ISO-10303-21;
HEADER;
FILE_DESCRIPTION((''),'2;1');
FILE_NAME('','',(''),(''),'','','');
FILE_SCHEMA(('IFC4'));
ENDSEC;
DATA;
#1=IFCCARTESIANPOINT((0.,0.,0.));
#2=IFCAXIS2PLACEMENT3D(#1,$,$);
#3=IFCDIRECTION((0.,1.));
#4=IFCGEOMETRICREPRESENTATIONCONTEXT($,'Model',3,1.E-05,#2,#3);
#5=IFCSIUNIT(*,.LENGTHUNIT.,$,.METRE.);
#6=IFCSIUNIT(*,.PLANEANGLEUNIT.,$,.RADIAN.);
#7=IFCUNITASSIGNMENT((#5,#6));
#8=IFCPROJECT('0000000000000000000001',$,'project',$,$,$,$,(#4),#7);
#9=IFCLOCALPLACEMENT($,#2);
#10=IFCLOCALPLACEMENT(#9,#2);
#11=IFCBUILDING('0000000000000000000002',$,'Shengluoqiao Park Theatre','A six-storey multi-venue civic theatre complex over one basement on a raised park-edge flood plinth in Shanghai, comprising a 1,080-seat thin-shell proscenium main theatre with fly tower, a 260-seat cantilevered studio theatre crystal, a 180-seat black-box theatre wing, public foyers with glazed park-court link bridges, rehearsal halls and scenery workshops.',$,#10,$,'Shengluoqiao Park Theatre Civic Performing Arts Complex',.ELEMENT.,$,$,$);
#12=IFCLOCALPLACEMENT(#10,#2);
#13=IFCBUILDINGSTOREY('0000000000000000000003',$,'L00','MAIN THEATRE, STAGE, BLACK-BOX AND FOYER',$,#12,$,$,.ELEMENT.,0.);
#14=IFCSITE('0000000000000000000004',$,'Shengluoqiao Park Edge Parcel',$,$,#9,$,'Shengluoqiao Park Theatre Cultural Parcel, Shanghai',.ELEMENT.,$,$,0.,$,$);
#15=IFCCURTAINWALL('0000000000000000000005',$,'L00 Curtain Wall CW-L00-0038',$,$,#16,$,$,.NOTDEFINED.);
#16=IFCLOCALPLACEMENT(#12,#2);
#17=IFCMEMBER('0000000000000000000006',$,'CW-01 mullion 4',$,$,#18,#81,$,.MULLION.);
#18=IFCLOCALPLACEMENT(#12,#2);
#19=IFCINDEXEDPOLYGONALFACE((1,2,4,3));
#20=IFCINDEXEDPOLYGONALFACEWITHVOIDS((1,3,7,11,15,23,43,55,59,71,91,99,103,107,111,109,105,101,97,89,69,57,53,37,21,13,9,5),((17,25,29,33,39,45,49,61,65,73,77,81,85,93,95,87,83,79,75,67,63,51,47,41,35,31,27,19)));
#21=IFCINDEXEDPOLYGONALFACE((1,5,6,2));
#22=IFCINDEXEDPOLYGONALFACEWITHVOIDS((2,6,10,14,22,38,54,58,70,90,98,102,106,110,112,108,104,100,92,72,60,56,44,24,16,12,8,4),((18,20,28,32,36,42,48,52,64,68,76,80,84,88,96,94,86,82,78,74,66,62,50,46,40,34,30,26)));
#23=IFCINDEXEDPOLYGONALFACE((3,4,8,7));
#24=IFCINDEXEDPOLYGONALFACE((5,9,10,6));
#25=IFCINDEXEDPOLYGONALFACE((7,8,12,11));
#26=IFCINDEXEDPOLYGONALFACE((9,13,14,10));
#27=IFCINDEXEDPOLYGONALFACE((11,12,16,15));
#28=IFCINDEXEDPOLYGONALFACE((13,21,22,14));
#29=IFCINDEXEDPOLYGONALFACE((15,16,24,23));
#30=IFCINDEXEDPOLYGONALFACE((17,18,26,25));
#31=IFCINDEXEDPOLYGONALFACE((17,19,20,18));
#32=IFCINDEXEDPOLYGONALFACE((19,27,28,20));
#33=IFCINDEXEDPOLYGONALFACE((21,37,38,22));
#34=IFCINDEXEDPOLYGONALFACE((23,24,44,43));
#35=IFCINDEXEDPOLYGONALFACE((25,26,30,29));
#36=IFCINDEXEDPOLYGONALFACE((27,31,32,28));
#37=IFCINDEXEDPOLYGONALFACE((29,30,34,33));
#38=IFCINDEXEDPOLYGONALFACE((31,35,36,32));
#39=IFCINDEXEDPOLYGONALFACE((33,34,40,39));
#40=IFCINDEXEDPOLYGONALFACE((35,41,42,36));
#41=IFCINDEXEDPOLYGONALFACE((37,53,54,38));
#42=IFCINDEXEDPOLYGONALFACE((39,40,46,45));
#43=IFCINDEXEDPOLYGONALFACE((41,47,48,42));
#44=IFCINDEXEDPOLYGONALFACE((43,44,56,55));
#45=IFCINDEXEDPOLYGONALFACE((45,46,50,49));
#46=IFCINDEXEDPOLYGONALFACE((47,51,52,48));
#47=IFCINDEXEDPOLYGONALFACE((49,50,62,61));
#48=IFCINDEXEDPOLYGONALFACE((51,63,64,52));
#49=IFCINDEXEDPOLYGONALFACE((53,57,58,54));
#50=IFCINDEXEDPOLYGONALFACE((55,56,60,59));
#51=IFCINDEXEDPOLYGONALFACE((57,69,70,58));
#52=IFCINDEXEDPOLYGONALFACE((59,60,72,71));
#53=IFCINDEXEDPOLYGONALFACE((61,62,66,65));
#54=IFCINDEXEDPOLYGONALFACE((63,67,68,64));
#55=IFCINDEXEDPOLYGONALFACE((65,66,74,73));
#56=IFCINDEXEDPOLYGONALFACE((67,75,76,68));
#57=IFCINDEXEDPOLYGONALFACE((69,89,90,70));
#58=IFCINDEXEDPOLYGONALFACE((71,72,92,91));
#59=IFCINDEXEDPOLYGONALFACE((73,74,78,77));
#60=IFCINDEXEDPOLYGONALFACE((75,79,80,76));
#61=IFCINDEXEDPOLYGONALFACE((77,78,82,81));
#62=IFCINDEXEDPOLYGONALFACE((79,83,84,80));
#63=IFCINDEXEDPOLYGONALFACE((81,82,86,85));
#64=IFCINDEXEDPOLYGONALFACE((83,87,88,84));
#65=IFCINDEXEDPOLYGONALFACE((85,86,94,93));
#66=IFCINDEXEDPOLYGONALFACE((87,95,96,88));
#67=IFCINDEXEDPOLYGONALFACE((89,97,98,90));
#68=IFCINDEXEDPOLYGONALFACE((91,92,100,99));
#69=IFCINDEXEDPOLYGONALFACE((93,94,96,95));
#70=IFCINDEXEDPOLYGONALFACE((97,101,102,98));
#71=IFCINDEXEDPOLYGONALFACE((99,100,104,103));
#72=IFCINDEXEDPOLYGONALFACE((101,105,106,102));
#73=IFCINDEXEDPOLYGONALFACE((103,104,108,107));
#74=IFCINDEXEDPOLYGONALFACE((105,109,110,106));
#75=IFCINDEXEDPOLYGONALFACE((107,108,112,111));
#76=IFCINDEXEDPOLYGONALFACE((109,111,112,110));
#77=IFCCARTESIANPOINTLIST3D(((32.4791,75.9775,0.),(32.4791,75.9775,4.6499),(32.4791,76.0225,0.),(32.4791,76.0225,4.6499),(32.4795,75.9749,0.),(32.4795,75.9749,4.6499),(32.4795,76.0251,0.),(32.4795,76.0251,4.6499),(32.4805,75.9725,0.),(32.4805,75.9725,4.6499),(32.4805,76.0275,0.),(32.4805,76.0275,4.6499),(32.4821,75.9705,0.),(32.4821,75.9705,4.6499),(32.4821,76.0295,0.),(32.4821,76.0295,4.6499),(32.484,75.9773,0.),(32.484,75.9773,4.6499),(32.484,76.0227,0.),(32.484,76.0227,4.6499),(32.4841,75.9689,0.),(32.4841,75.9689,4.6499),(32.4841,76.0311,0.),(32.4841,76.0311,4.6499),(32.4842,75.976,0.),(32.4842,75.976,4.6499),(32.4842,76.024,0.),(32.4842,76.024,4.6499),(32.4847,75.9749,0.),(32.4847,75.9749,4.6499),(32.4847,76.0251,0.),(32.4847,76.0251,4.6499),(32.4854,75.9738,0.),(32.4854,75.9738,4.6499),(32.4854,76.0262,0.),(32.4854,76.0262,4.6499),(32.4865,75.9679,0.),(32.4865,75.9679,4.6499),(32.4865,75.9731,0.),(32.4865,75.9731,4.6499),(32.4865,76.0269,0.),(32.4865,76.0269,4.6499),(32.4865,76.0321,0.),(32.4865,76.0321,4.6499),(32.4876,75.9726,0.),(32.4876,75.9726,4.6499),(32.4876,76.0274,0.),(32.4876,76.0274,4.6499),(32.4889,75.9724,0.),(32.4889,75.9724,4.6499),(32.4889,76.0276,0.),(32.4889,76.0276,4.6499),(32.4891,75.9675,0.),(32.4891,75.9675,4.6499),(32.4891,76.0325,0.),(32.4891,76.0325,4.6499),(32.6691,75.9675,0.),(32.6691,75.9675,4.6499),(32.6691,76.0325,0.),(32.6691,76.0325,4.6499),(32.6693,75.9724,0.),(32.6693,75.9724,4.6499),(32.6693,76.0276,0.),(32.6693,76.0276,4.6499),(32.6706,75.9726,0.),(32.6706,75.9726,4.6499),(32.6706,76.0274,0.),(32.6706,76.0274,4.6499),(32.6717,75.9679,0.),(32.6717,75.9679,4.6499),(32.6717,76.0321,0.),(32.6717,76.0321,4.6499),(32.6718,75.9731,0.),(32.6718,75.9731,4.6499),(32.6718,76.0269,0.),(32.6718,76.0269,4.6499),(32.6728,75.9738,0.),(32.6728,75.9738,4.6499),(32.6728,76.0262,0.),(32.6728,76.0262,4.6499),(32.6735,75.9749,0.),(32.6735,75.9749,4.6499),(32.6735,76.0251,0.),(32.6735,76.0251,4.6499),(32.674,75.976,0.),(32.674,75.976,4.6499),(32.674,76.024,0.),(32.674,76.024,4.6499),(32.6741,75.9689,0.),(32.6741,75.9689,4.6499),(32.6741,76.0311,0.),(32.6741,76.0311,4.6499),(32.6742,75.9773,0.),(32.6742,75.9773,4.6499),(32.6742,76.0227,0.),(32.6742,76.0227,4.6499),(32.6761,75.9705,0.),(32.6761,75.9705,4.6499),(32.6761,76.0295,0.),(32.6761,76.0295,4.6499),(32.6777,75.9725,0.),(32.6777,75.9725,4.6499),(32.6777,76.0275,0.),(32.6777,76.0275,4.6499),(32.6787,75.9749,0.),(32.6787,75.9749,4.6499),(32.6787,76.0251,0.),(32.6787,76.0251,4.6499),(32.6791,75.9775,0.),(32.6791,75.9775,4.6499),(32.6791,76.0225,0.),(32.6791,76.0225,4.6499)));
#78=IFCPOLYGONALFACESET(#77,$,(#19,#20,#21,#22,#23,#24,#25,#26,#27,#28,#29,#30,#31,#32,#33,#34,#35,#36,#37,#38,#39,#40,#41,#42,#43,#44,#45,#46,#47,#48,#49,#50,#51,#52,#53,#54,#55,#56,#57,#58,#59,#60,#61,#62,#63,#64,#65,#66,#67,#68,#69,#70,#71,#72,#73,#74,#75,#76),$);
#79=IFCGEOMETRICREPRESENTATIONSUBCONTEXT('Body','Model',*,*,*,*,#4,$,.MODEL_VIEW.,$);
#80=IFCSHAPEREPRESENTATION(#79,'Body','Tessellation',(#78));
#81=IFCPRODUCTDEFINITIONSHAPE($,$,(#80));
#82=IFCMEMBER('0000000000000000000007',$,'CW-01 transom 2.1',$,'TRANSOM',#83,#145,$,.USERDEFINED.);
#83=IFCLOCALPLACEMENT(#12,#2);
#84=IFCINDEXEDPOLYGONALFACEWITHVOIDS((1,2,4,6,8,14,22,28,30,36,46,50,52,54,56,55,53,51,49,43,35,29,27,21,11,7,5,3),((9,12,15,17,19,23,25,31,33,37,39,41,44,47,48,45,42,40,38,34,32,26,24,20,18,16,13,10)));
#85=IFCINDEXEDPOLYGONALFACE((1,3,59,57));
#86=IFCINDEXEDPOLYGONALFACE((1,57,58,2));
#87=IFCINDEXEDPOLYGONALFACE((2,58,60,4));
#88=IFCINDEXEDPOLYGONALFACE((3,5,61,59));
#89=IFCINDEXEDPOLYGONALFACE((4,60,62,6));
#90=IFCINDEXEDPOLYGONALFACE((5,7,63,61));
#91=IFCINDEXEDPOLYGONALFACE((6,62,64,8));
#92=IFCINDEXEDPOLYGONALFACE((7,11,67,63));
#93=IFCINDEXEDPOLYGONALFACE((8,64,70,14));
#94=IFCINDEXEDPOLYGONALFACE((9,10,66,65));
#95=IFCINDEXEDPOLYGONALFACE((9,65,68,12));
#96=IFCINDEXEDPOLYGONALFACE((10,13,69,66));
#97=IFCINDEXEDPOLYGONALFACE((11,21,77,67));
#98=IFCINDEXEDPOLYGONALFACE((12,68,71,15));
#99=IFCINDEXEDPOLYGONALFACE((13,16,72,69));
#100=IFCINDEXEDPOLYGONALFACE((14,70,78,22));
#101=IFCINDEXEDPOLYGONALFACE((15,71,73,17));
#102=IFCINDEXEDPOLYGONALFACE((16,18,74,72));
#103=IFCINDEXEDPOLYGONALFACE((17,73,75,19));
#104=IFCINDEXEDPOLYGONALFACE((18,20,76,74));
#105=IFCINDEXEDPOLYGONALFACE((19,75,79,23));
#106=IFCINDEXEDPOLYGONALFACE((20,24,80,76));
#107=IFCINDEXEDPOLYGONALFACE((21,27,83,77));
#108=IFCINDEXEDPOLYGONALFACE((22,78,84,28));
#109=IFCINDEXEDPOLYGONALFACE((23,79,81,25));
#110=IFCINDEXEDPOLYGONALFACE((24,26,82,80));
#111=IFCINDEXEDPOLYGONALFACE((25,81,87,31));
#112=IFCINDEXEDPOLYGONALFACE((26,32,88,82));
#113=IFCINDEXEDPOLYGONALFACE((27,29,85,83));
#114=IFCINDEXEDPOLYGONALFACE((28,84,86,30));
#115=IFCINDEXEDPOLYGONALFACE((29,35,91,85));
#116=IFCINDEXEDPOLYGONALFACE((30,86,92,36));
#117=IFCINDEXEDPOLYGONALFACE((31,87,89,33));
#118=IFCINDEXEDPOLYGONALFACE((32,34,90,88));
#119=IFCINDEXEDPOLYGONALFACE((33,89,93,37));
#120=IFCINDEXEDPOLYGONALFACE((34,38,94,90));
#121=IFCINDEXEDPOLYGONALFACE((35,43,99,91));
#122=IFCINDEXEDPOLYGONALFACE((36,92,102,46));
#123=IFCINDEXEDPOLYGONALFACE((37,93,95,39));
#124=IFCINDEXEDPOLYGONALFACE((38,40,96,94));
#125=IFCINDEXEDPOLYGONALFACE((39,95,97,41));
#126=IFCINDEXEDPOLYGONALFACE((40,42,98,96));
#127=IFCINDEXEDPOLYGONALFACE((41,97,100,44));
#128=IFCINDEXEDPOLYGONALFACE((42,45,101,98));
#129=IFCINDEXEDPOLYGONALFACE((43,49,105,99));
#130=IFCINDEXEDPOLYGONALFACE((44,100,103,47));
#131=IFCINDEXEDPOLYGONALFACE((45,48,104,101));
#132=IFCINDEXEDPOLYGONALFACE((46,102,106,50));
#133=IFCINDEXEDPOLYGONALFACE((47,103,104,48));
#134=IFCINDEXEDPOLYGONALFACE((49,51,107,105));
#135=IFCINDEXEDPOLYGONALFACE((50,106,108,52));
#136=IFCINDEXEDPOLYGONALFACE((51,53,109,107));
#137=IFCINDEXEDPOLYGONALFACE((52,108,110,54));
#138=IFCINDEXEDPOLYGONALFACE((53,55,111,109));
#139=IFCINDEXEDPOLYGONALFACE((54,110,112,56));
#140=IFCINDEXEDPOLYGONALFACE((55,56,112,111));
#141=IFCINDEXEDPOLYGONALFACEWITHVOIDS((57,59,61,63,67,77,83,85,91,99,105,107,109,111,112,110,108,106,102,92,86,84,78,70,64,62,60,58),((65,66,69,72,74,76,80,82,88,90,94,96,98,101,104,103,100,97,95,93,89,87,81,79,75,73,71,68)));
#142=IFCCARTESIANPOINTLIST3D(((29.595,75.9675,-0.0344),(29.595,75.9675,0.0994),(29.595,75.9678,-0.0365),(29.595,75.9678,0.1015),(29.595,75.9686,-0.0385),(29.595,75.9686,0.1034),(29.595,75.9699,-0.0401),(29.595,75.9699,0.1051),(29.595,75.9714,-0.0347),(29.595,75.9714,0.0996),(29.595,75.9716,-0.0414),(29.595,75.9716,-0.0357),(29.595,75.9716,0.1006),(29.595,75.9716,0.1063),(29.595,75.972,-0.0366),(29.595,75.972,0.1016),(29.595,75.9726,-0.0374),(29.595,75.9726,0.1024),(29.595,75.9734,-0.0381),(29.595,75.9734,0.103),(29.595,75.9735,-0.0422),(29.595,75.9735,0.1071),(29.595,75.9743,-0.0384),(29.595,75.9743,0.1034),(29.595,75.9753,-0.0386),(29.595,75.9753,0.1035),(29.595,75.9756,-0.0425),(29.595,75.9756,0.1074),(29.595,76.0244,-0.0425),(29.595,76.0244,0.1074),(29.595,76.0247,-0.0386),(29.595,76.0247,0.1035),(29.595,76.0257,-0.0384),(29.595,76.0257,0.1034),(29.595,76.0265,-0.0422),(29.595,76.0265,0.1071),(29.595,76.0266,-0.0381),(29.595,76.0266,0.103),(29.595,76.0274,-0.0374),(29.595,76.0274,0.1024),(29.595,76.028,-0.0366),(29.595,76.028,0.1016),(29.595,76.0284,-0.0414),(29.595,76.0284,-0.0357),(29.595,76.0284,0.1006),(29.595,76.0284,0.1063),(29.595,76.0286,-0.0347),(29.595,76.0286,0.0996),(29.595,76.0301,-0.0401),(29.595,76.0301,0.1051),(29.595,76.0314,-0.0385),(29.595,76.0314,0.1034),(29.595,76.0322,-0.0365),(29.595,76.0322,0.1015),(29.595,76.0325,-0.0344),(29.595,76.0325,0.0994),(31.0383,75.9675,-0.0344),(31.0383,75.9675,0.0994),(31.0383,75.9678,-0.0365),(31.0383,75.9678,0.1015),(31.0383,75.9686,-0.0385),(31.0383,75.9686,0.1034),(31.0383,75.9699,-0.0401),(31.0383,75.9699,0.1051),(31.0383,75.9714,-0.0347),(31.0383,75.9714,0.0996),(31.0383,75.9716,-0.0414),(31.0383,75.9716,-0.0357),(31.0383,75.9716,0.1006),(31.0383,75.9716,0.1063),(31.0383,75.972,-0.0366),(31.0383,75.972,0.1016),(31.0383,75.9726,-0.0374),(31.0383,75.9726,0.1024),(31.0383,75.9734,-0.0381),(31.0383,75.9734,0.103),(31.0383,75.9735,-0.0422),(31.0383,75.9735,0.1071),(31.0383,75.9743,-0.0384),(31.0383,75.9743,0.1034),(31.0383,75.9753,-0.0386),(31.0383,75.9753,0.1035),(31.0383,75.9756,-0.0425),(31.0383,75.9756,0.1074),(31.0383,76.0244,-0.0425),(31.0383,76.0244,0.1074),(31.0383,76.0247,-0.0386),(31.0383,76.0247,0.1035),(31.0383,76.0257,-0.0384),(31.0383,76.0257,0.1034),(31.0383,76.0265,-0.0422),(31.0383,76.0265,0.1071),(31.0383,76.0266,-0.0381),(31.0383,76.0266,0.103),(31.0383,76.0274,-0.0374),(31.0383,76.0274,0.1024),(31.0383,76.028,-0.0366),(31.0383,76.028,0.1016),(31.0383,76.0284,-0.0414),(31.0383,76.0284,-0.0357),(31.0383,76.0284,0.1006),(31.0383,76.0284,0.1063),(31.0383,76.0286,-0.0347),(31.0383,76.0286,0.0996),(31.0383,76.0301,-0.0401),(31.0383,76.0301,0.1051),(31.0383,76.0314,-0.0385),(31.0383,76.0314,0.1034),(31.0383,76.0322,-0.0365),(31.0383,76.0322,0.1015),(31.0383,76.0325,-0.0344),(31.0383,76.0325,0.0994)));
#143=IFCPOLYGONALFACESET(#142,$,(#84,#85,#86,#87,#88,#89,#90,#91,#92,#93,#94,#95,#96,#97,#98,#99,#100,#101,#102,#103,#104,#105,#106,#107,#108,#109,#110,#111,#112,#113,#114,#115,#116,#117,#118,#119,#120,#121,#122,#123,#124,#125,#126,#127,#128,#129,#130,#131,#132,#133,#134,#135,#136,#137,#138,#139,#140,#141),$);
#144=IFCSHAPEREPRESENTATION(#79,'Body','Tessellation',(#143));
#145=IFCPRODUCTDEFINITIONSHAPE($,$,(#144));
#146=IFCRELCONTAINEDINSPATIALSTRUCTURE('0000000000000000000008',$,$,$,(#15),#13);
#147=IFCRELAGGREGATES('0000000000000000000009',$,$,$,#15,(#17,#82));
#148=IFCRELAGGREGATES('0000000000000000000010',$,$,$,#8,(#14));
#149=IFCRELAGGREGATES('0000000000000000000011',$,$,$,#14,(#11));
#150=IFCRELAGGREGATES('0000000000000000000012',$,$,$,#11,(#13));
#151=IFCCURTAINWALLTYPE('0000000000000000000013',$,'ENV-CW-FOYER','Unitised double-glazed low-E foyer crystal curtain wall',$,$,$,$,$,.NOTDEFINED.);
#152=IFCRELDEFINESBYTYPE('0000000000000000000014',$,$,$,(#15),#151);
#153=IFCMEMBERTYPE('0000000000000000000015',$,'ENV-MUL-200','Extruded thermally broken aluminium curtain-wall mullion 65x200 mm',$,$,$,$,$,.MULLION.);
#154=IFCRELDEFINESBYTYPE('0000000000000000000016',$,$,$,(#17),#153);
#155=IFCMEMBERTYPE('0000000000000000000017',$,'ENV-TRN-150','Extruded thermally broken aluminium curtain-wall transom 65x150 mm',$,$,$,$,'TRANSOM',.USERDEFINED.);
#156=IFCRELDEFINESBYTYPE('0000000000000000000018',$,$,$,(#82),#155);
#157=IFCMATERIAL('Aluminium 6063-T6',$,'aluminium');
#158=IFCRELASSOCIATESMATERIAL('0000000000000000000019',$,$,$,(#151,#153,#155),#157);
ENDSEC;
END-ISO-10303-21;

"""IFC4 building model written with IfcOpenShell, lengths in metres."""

from ifc_helpers import new_model, si_unit, direction, frame, origin, origin_2d, place, context, subcontext, project, spatial, hollow_rectangle, extrude, material, material_profile, profile_set, type_object, element, aggregate, save


model = new_model("IFC4")

# Units and contexts
model_context = context("Model", 3, precision=1e-05, world=origin(), true_north=direction((0.0, 1.0)))
body_context = subcontext(model_context, "Body", "Model", "MODEL_VIEW")
ifc_project = project(units=[si_unit("LENGTHUNIT", "METRE"), si_unit("PLANEANGLEUNIT", "RADIAN")], contexts=[model_context])

# Site, building, storey
site_placement = place(None, origin())
site = spatial("IfcSite", under=ifc_project, at=site_placement, Name="Shengluoqiao Park Edge Parcel", LongName="Shengluoqiao Park Theatre Cultural Parcel, Shanghai", CompositionType="ELEMENT", RefElevation=0.0)
building_placement = place(site_placement, origin())
building = spatial("IfcBuilding", under=site, at=building_placement, Name="Shengluoqiao Park Theatre", Description="A six-storey multi-venue civic theatre complex over one basement on a raised park-edge flood plinth in Shanghai, comprising a 1,080-seat thin-shell proscenium main theatre with fly tower, a 260-seat cantilevered studio theatre crystal, a 180-seat black-box theatre wing, public foyers with glazed park-court link bridges, rehearsal halls and scenery workshops.", LongName="Shengluoqiao Park Theatre Civic Performing Arts Complex", CompositionType="ELEMENT")
storey_placement = place(building_placement, origin())
storey = spatial("IfcBuildingStorey", under=building, at=storey_placement, Name="L00", Description="MAIN THEATRE, STAGE, BLACK-BOX AND FOYER", CompositionType="ELEMENT", Elevation=0.0)

# Curtain wall, members
ifc_material_1 = material(Name="Aluminium 6063-T6", Category="aluminium")
curtain_wall_type = type_object("IfcCurtainWallType", Name="ENV-CW-FOYER", Description="Unitised double-glazed low-E foyer crystal curtain wall", PredefinedType="NOTDEFINED", material=ifc_material_1)
curtain_wall_placement = place(storey_placement, origin())
curtain_wall = element("IfcCurtainWall", 1, at=curtain_wall_placement, inside=storey, type_object=curtain_wall_type, Name="L00 Curtain Wall CW-L00-0038", PredefinedType="NOTDEFINED")
ifc_material_profile_1 = material_profile(ifc_material_1, hollow_rectangle(XDim=0.0649, YDim=0.2, WallThickness=0.0049, InnerFilletRadius=0.0049, OuterFilletRadius=0.01, at=origin_2d()), Name="ALU MULLION 200x65x5")
ifc_profile_set_1 = profile_set([ifc_material_profile_1], Name="Aluminium 6063-T6")
member_type_1 = type_object("IfcMemberType", Name="ENV-MUL-200", Description="Extruded thermally broken aluminium curtain-wall mullion 65x200 mm", PredefinedType="MULLION", material=ifc_profile_set_1)
member_1_placement = place(storey_placement, frame((32.5791, 76.0, 0.0), z_axis=(0.0, 0.0, 1.0), x_axis=(0.0, 1.0, 0.0)))
member_1 = element("IfcMember", 2, at=member_1_placement, type_object=member_type_1, Name="CW-01 mullion 4", PredefinedType="MULLION", context=body_context, shape_type="SweptSolid", body=[
    extrude(hollow_rectangle(XDim=0.0649, YDim=0.2, WallThickness=0.0049, InnerFilletRadius=0.0049, OuterFilletRadius=0.01, at=origin_2d()), origin(), (0.0, 0.0, 1.0), 4.6499),
])
ifc_material_profile_2 = material_profile(ifc_material_1, hollow_rectangle(XDim=0.0649, YDim=0.1499, WallThickness=0.0039, InnerFilletRadius=0.0039, OuterFilletRadius=0.0081, at=origin_2d()), Name="ALU TRANSOM 150x65x4")
ifc_profile_set_2 = profile_set([ifc_material_profile_2], Name="Aluminium 6063-T6")
member_type_2 = type_object("IfcMemberType", Name="ENV-TRN-150", Description="Extruded thermally broken aluminium curtain-wall transom 65x150 mm", ElementType="TRANSOM", PredefinedType="USERDEFINED", material=ifc_profile_set_2)
member_2_placement = place(storey_placement, frame((29.595, 76.0, 0.0325), z_axis=(1.0, 0.0, 0.0), x_axis=(0.0, 1.0, 0.0)))
member_2 = element("IfcMember", 3, at=member_2_placement, type_object=member_type_2, Name="CW-01 transom 2.1", ObjectType="TRANSOM", PredefinedType="USERDEFINED", context=body_context, shape_type="SweptSolid", body=[
    extrude(hollow_rectangle(XDim=0.0649, YDim=0.1499, WallThickness=0.0039, InnerFilletRadius=0.0039, OuterFilletRadius=0.0081, at=origin_2d()), origin(), (0.0, 0.0, 1.0), 1.4434),
])
aggregate(curtain_wall, [member_1, member_2])

save(model, "model.ifc")
